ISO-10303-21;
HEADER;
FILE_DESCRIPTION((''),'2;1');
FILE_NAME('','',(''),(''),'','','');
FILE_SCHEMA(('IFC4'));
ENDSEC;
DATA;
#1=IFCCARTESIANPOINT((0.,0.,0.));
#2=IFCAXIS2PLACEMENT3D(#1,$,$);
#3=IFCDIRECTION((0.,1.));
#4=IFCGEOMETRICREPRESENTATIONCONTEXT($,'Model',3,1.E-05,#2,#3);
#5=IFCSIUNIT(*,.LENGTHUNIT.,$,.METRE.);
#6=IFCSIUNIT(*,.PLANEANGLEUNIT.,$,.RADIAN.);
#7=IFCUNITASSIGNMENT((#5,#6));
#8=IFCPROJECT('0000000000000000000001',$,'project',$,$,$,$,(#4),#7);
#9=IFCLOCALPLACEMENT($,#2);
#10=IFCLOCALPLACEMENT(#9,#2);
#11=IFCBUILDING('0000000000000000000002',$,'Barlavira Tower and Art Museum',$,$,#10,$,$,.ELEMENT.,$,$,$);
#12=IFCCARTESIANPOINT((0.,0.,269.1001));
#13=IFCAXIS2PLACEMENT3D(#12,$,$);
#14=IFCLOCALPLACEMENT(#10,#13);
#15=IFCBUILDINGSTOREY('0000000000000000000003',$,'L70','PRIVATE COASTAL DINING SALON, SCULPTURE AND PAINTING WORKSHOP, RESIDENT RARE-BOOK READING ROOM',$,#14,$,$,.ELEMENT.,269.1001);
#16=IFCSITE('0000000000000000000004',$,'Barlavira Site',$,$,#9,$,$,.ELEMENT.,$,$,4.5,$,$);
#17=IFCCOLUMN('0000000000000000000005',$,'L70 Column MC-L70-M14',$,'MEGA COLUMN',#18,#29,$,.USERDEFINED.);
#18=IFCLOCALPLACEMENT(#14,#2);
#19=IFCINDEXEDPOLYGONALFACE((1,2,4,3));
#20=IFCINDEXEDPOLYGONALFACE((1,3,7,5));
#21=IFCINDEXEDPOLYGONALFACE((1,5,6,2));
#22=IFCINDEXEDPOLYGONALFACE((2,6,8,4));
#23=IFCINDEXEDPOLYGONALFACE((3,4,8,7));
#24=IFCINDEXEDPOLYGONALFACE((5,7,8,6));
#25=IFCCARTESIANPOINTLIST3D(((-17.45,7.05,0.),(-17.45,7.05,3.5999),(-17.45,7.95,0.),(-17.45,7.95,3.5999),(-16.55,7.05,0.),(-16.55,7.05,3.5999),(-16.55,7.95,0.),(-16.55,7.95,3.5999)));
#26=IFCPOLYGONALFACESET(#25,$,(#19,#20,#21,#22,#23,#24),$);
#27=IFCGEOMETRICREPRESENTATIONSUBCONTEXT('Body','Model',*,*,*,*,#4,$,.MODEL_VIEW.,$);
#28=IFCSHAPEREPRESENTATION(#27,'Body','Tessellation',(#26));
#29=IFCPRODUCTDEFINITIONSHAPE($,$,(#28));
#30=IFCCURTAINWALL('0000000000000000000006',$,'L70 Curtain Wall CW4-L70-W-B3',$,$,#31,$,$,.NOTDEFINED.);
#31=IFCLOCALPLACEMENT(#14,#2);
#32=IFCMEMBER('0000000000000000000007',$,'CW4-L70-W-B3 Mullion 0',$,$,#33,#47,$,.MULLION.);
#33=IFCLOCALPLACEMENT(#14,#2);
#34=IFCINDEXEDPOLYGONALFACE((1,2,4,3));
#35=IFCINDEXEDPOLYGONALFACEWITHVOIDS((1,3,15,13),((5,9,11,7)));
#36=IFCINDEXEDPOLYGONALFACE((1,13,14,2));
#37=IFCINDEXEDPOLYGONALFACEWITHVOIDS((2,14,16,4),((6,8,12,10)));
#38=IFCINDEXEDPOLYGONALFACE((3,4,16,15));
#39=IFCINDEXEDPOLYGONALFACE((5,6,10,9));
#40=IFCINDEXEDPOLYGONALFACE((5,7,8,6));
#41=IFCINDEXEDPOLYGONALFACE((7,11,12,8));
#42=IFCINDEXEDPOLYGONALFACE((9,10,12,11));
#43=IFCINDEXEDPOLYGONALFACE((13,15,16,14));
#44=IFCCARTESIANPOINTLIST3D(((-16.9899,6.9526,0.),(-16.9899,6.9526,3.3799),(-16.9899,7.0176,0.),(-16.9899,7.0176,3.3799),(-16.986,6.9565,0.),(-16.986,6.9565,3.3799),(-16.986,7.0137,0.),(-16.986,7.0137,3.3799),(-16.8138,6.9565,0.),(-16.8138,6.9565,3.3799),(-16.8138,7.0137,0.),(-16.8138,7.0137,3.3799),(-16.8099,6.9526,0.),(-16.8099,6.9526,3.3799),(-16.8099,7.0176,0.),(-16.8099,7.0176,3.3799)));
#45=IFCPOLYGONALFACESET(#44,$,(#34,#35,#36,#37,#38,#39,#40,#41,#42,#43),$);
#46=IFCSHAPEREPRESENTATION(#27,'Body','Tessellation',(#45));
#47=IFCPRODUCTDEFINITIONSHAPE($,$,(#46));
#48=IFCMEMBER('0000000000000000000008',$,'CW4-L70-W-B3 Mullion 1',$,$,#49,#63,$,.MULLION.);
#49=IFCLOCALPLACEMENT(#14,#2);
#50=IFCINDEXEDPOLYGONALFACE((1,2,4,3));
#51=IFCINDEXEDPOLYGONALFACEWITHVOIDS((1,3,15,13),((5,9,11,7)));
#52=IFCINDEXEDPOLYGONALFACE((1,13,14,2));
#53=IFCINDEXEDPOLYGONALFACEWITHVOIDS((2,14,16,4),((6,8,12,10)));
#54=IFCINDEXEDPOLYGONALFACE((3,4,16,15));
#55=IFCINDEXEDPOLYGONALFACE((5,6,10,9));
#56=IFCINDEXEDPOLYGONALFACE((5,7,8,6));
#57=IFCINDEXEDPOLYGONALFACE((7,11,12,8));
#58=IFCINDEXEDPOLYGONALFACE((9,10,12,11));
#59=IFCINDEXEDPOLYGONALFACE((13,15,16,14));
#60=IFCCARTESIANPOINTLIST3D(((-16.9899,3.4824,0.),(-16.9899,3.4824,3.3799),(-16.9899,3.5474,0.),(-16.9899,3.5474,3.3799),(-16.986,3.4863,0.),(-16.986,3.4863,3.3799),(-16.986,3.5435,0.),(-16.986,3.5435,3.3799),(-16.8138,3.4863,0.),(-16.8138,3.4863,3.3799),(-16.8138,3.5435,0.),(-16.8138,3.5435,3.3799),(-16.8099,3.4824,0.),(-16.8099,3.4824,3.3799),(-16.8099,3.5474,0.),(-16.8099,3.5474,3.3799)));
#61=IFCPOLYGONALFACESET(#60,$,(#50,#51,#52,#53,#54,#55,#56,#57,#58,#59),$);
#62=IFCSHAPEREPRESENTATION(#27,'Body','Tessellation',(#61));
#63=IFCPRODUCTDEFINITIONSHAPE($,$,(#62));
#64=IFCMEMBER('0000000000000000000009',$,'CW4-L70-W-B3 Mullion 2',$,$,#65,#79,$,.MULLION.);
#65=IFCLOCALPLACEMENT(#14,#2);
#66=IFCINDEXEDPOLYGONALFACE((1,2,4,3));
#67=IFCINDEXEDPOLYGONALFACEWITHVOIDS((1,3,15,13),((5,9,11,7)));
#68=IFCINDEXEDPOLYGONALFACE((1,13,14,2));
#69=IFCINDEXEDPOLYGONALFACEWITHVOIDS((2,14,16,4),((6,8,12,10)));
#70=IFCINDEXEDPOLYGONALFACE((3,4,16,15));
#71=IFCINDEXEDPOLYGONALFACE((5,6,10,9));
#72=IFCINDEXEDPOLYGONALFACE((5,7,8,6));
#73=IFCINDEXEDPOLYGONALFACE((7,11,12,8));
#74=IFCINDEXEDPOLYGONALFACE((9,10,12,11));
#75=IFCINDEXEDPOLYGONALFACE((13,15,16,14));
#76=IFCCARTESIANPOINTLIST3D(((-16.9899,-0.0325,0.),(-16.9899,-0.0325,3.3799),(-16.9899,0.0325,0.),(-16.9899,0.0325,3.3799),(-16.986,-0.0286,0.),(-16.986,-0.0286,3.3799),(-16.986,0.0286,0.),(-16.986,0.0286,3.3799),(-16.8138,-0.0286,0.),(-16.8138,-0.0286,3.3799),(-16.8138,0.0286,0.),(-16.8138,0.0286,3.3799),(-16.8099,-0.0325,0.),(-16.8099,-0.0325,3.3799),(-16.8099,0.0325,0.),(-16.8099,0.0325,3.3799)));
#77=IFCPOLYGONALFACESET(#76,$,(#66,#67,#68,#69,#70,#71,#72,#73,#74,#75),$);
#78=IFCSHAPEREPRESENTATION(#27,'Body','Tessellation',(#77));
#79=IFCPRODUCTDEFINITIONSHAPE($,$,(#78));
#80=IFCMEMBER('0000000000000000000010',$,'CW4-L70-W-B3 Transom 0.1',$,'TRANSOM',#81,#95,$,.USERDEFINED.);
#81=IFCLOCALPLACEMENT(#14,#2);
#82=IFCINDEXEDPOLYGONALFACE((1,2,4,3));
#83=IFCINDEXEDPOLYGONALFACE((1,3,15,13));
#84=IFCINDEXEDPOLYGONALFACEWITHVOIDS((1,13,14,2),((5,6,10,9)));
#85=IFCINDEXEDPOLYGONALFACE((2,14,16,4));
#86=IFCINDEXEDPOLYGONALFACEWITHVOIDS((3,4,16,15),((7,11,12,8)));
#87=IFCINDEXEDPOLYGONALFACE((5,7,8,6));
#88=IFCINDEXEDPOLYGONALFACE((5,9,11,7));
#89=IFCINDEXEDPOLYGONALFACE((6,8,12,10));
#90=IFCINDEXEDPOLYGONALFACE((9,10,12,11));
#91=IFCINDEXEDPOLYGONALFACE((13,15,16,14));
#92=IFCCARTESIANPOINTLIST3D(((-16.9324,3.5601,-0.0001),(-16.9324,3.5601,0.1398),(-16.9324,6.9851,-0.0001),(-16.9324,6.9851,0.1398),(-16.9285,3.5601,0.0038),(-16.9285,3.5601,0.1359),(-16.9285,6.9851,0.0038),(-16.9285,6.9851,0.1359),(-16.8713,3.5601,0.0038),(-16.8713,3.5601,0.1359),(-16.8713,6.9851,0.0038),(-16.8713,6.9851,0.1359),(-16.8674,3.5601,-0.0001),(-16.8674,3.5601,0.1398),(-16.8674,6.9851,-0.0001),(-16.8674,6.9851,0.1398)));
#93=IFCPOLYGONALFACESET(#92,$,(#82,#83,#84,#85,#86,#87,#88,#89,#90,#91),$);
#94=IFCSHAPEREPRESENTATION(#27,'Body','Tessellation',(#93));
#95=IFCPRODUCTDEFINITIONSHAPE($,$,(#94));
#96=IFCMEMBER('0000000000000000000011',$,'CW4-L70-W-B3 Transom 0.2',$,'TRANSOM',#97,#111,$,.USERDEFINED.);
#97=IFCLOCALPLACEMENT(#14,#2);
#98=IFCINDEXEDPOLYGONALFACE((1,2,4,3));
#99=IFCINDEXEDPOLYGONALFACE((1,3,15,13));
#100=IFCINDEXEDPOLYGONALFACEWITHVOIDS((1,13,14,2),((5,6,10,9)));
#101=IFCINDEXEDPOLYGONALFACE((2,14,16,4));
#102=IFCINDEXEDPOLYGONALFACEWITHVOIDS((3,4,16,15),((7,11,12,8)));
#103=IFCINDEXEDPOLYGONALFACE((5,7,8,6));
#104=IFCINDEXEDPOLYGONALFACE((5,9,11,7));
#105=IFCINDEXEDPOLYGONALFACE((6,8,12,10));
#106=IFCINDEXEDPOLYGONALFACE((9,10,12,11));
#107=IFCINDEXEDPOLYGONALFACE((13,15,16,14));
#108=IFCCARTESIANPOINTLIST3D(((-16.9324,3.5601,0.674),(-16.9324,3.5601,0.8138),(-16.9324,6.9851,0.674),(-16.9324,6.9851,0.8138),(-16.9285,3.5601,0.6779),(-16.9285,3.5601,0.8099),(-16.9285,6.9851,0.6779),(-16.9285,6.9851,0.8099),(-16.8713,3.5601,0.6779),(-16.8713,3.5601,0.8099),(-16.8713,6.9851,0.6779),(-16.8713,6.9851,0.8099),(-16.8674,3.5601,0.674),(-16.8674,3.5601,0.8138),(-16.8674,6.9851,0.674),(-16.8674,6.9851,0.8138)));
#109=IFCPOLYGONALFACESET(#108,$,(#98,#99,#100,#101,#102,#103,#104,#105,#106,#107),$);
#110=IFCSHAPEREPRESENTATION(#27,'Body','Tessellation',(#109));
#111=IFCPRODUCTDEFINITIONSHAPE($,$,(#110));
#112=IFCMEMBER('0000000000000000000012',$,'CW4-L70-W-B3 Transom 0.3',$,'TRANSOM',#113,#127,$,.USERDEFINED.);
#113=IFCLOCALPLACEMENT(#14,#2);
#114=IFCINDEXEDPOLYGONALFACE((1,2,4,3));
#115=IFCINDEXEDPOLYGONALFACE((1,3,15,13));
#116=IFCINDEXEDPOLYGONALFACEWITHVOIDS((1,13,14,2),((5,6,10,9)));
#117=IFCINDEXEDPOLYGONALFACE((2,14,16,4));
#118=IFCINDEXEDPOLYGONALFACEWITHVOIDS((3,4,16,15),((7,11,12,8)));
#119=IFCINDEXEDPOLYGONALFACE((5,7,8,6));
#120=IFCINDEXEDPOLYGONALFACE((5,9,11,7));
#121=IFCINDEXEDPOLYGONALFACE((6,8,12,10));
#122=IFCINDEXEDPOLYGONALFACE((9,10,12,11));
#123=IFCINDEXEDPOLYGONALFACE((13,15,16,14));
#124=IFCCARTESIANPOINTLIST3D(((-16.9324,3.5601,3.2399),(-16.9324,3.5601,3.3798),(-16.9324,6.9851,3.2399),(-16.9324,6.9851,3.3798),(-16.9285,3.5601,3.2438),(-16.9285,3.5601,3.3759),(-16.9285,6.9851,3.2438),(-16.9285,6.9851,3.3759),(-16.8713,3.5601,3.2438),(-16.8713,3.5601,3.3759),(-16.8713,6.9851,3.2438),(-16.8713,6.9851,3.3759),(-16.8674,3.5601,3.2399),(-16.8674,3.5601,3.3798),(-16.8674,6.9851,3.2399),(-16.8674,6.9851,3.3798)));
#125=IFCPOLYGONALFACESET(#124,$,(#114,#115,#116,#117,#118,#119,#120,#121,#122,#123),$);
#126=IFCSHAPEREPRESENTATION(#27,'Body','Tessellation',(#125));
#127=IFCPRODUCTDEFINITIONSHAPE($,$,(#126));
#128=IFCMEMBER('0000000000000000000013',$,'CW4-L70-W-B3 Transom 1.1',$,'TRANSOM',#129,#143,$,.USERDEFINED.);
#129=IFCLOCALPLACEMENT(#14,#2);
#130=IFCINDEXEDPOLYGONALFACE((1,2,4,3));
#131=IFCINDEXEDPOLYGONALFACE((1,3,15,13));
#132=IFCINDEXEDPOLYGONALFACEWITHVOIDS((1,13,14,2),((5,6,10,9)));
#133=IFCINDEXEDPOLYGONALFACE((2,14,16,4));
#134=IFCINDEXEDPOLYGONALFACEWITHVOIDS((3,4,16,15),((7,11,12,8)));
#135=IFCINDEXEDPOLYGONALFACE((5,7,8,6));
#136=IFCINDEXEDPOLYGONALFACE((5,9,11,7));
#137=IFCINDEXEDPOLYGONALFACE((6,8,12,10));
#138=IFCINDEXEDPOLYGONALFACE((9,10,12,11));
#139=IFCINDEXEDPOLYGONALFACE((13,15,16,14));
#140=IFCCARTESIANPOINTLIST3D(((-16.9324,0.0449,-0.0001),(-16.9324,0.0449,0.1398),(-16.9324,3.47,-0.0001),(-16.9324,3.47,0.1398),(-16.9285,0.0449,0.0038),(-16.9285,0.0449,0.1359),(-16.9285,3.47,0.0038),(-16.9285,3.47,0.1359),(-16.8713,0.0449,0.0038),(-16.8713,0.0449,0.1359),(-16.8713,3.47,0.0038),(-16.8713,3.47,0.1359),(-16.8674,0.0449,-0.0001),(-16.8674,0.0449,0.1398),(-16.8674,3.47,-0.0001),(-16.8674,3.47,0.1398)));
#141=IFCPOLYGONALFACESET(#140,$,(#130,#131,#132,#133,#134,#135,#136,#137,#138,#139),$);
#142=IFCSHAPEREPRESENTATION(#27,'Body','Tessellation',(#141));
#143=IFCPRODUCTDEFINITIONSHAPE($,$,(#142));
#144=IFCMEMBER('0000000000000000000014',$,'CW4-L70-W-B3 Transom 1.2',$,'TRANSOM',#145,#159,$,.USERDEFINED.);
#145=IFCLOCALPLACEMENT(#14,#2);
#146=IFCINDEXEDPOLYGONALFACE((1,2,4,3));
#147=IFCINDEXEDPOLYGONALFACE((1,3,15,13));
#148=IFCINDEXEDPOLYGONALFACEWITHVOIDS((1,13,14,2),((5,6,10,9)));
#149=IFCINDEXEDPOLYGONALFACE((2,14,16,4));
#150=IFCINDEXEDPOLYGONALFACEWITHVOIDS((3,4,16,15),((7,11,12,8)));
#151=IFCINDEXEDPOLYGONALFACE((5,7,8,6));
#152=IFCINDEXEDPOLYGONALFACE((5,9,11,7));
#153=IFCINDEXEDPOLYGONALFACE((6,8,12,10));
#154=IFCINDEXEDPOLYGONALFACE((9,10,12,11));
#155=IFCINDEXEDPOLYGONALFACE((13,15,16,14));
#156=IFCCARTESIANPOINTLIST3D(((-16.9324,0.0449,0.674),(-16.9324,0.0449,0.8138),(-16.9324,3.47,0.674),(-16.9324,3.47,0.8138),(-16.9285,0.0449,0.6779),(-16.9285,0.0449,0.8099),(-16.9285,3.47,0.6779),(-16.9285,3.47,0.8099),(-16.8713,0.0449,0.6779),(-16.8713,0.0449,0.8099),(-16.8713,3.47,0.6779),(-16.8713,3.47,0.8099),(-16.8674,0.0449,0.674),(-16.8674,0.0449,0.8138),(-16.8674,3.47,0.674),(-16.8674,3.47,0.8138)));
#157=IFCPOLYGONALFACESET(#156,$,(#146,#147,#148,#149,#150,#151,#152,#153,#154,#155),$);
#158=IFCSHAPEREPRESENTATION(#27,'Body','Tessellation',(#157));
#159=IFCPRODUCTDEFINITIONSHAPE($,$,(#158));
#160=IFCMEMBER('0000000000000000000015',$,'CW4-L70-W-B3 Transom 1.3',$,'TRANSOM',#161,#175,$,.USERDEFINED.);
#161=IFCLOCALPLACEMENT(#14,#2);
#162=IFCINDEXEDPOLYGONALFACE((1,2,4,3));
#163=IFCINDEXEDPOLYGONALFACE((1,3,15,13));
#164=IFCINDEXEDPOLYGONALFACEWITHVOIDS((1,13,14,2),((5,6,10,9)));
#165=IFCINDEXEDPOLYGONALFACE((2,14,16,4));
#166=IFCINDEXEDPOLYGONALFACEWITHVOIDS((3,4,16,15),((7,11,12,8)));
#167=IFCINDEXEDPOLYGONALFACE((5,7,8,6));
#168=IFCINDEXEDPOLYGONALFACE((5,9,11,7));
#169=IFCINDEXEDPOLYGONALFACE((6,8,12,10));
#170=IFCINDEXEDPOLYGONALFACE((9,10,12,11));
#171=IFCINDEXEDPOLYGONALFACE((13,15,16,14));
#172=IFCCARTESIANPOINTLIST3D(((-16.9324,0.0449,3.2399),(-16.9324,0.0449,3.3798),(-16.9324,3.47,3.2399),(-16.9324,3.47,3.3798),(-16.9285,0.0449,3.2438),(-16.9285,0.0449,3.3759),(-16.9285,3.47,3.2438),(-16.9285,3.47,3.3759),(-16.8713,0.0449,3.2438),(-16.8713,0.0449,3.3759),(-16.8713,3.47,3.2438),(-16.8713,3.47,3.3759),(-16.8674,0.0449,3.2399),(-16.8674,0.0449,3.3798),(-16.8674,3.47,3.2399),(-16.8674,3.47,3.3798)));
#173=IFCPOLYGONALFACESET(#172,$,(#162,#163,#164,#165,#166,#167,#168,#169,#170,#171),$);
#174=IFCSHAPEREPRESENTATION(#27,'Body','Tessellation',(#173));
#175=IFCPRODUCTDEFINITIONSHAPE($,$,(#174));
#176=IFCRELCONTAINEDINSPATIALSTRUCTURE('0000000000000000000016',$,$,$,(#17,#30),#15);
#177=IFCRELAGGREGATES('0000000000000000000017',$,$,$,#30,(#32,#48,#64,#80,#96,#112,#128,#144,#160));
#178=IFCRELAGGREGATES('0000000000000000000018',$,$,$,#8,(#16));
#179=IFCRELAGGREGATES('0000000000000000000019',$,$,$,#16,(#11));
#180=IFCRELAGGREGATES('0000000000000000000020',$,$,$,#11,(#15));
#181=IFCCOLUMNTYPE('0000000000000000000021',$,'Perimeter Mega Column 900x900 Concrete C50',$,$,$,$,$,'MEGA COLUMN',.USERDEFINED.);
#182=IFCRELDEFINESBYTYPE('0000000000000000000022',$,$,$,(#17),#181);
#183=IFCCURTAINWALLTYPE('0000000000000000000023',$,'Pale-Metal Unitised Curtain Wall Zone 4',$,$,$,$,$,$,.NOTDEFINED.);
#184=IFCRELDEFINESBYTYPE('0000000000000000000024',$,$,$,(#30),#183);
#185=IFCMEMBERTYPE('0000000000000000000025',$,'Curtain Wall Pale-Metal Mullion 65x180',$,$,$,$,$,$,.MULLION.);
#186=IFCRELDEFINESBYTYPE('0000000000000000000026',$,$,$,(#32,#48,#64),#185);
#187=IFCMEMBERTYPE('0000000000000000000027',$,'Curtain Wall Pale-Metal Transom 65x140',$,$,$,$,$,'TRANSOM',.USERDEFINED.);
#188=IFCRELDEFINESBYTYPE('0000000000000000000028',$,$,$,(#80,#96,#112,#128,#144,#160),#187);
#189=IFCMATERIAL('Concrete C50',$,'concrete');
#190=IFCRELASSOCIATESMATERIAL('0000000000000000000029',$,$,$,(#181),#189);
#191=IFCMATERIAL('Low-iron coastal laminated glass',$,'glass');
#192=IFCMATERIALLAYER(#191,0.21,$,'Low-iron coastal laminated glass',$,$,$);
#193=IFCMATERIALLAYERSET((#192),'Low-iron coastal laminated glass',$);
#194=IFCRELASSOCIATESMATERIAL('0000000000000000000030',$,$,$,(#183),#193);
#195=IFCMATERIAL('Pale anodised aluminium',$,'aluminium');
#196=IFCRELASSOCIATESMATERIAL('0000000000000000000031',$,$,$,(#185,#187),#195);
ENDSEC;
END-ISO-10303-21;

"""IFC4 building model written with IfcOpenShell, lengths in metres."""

from ifc_helpers import new_model, si_unit, direction, frame, origin, origin_2d, place, context, subcontext, project, spatial, rectangle, hollow_rectangle, extrude, material, layer, layer_set, material_profile, profile_set, type_object, element, aggregate, save


model = new_model("IFC4")

# Units and contexts
model_context = context("Model", 3, precision=1e-05, world=origin(), true_north=direction((0.0, 1.0)))
body_context = subcontext(model_context, "Body", "Model", "MODEL_VIEW")
ifc_project = project(units=[si_unit("LENGTHUNIT", "METRE"), si_unit("PLANEANGLEUNIT", "RADIAN")], contexts=[model_context])

# Site, building, storey
site_placement = place(None, origin())
site = spatial("IfcSite", under=ifc_project, at=site_placement, Name="Barlavira Site", CompositionType="ELEMENT", RefElevation=4.5)
building_placement = place(site_placement, origin())
building = spatial("IfcBuilding", under=site, at=building_placement, Name="Barlavira Tower and Art Museum", CompositionType="ELEMENT")
storey_placement = place(building_placement, frame((0.0, 0.0, 269.1001)))
storey = spatial("IfcBuildingStorey", under=building, at=storey_placement, Name="L70", Description="PRIVATE COASTAL DINING SALON, SCULPTURE AND PAINTING WORKSHOP, RESIDENT RARE-BOOK READING ROOM", CompositionType="ELEMENT", Elevation=269.1001)

# Column
ifc_material_1 = material(Name="Concrete C50", Category="concrete")
ifc_material_profile_1 = material_profile(ifc_material_1, rectangle(XDim=0.8999, YDim=0.8999, at=origin_2d()), Name="RC-COL 900x900")
ifc_profile_set_1 = profile_set([ifc_material_profile_1], Name="Concrete C50")
column_type = type_object("IfcColumnType", Name="Perimeter Mega Column 900x900 Concrete C50", ElementType="MEGA COLUMN", PredefinedType="USERDEFINED", material=ifc_profile_set_1)
column_placement = place(storey_placement, frame((-17.0, 7.5, 0.0), z_axis=(0.0, 0.0, 1.0), x_axis=(1.0, 0.0, 0.0)))
element("IfcColumn", 1, at=column_placement, inside=storey, type_object=column_type, Name="L70 Column MC-L70-M14", ObjectType="MEGA COLUMN", PredefinedType="USERDEFINED", context=body_context, shape_type="SweptSolid", body=[
    extrude(rectangle(XDim=0.8999, YDim=0.8999, at=origin_2d()), origin(), (0.0, 0.0, 1.0), 3.5999),
])

# Curtain wall, members
ifc_material_2 = material(Name="Low-iron coastal laminated glass", Category="glass")
ifc_layer_1 = layer(ifc_material_2, 0.21, Name="Low-iron coastal laminated glass")
ifc_layer_set_1 = layer_set([ifc_layer_1], Name="Low-iron coastal laminated glass")
curtain_wall_type = type_object("IfcCurtainWallType", Name="Pale-Metal Unitised Curtain Wall Zone 4", PredefinedType="NOTDEFINED", material=ifc_layer_set_1)
curtain_wall_placement = place(storey_placement, origin())
curtain_wall = element("IfcCurtainWall", 2, at=curtain_wall_placement, inside=storey, type_object=curtain_wall_type, Name="L70 Curtain Wall CW4-L70-W-B3", PredefinedType="NOTDEFINED")
ifc_material_3 = material(Name="Pale anodised aluminium", Category="aluminium")
ifc_material_profile_2 = material_profile(ifc_material_3, hollow_rectangle(XDim=0.0649, YDim=0.1799, WallThickness=0.0039, at=origin_2d()), Name="ALU-MULL 65x180x4")
ifc_profile_set_2 = profile_set([ifc_material_profile_2], Name="Pale anodised aluminium")
member_type_1 = type_object("IfcMemberType", Name="Curtain Wall Pale-Metal Mullion 65x180", PredefinedType="MULLION", material=ifc_profile_set_2)
member_1_placement = place(storey_placement, frame((-16.8999, 6.9851, 0.0), z_axis=(0.0, 0.0, 1.0), x_axis=(0.0, -1.0, 0.0)))
member_1 = element("IfcMember", 3, at=member_1_placement, type_object=member_type_1, Name="CW4-L70-W-B3 Mullion 0", PredefinedType="MULLION", context=body_context, shape_type="SweptSolid", body=[
    extrude(hollow_rectangle(XDim=0.0649, YDim=0.1799, WallThickness=0.0039, at=origin_2d()), origin(), (0.0, 0.0, 1.0), 3.3799),
])
member_2_placement = place(storey_placement, frame((-16.8999, 3.5149, 0.0), z_axis=(0.0, 0.0, 1.0), x_axis=(0.0, -1.0, 0.0)))
member_2 = element("IfcMember", 4, at=member_2_placement, type_object=member_type_1, Name="CW4-L70-W-B3 Mullion 1", PredefinedType="MULLION", context=body_context, shape_type="SweptSolid", body=[
    extrude(hollow_rectangle(XDim=0.0649, YDim=0.1799, WallThickness=0.0039, at=origin_2d()), origin(), (0.0, 0.0, 1.0), 3.3799),
])
member_3_placement = place(storey_placement, frame((-16.8999, 0.0, 0.0), z_axis=(0.0, 0.0, 1.0), x_axis=(0.0, -1.0, 0.0)))
member_3 = element("IfcMember", 5, at=member_3_placement, type_object=member_type_1, Name="CW4-L70-W-B3 Mullion 2", PredefinedType="MULLION", context=body_context, shape_type="SweptSolid", body=[
    extrude(hollow_rectangle(XDim=0.0649, YDim=0.1799, WallThickness=0.0039, at=origin_2d()), origin(), (0.0, 0.0, 1.0), 3.3799),
])
ifc_material_profile_3 = material_profile(ifc_material_3, hollow_rectangle(XDim=0.0649, YDim=0.1399, WallThickness=0.0039, at=origin_2d()), Name="ALU-TRAN 65x140x4")
ifc_profile_set_3 = profile_set([ifc_material_profile_3], Name="Pale anodised aluminium")
member_type_2 = type_object("IfcMemberType", Name="Curtain Wall Pale-Metal Transom 65x140", ElementType="TRANSOM", PredefinedType="USERDEFINED", material=ifc_profile_set_3)
member_4_placement = place(storey_placement, frame((-16.8999, 6.9851, 0.0698), z_axis=(0.0, -1.0, 0.0), x_axis=(1.0, 0.0, 0.0)))
member_4 = element("IfcMember", 6, at=member_4_placement, type_object=member_type_2, Name="CW4-L70-W-B3 Transom 0.1", ObjectType="TRANSOM", PredefinedType="USERDEFINED", context=body_context, shape_type="SweptSolid", body=[
    extrude(hollow_rectangle(XDim=0.0649, YDim=0.1399, WallThickness=0.0039, at=origin_2d()), origin(), (0.0, 0.0, 1.0), 3.425),
])
member_5_placement = place(storey_placement, frame((-16.8999, 6.9851, 0.7439), z_axis=(0.0, -1.0, 0.0), x_axis=(1.0, 0.0, 0.0)))
member_5 = element("IfcMember", 7, at=member_5_placement, type_object=member_type_2, Name="CW4-L70-W-B3 Transom 0.2", ObjectType="TRANSOM", PredefinedType="USERDEFINED", context=body_context, shape_type="SweptSolid", body=[
    extrude(hollow_rectangle(XDim=0.0649, YDim=0.1399, WallThickness=0.0039, at=origin_2d()), origin(), (0.0, 0.0, 1.0), 3.425),
])
member_6_placement = place(storey_placement, frame((-16.8999, 6.9851, 3.3098), z_axis=(0.0, -1.0, 0.0), x_axis=(1.0, 0.0, 0.0)))
member_6 = element("IfcMember", 8, at=member_6_placement, type_object=member_type_2, Name="CW4-L70-W-B3 Transom 0.3", ObjectType="TRANSOM", PredefinedType="USERDEFINED", context=body_context, shape_type="SweptSolid", body=[
    extrude(hollow_rectangle(XDim=0.0649, YDim=0.1399, WallThickness=0.0039, at=origin_2d()), origin(), (0.0, 0.0, 1.0), 3.425),
])
member_7_placement = place(storey_placement, frame((-16.8999, 3.47, 0.0698), z_axis=(0.0, -1.0, 0.0), x_axis=(1.0, 0.0, 0.0)))
member_7 = element("IfcMember", 9, at=member_7_placement, type_object=member_type_2, Name="CW4-L70-W-B3 Transom 1.1", ObjectType="TRANSOM", PredefinedType="USERDEFINED", context=body_context, shape_type="SweptSolid", body=[
    extrude(hollow_rectangle(XDim=0.0649, YDim=0.1399, WallThickness=0.0039, at=origin_2d()), origin(), (0.0, 0.0, 1.0), 3.425),
])
member_8_placement = place(storey_placement, frame((-16.8999, 3.47, 0.7439), z_axis=(0.0, -1.0, 0.0), x_axis=(1.0, 0.0, 0.0)))
member_8 = element("IfcMember", 10, at=member_8_placement, type_object=member_type_2, Name="CW4-L70-W-B3 Transom 1.2", ObjectType="TRANSOM", PredefinedType="USERDEFINED", context=body_context, shape_type="SweptSolid", body=[
    extrude(hollow_rectangle(XDim=0.0649, YDim=0.1399, WallThickness=0.0039, at=origin_2d()), origin(), (0.0, 0.0, 1.0), 3.425),
])
member_9_placement = place(storey_placement, frame((-16.8999, 3.47, 3.3098), z_axis=(0.0, -1.0, 0.0), x_axis=(1.0, 0.0, 0.0)))
member_9 = element("IfcMember", 11, at=member_9_placement, type_object=member_type_2, Name="CW4-L70-W-B3 Transom 1.3", ObjectType="TRANSOM", PredefinedType="USERDEFINED", context=body_context, shape_type="SweptSolid", body=[
    extrude(hollow_rectangle(XDim=0.0649, YDim=0.1399, WallThickness=0.0039, at=origin_2d()), origin(), (0.0, 0.0, 1.0), 3.425),
])

aggregate(curtain_wall, [member_1, member_2, member_3, member_4, member_5, member_6, member_7, member_8, member_9])

save(model, "model.ifc")
